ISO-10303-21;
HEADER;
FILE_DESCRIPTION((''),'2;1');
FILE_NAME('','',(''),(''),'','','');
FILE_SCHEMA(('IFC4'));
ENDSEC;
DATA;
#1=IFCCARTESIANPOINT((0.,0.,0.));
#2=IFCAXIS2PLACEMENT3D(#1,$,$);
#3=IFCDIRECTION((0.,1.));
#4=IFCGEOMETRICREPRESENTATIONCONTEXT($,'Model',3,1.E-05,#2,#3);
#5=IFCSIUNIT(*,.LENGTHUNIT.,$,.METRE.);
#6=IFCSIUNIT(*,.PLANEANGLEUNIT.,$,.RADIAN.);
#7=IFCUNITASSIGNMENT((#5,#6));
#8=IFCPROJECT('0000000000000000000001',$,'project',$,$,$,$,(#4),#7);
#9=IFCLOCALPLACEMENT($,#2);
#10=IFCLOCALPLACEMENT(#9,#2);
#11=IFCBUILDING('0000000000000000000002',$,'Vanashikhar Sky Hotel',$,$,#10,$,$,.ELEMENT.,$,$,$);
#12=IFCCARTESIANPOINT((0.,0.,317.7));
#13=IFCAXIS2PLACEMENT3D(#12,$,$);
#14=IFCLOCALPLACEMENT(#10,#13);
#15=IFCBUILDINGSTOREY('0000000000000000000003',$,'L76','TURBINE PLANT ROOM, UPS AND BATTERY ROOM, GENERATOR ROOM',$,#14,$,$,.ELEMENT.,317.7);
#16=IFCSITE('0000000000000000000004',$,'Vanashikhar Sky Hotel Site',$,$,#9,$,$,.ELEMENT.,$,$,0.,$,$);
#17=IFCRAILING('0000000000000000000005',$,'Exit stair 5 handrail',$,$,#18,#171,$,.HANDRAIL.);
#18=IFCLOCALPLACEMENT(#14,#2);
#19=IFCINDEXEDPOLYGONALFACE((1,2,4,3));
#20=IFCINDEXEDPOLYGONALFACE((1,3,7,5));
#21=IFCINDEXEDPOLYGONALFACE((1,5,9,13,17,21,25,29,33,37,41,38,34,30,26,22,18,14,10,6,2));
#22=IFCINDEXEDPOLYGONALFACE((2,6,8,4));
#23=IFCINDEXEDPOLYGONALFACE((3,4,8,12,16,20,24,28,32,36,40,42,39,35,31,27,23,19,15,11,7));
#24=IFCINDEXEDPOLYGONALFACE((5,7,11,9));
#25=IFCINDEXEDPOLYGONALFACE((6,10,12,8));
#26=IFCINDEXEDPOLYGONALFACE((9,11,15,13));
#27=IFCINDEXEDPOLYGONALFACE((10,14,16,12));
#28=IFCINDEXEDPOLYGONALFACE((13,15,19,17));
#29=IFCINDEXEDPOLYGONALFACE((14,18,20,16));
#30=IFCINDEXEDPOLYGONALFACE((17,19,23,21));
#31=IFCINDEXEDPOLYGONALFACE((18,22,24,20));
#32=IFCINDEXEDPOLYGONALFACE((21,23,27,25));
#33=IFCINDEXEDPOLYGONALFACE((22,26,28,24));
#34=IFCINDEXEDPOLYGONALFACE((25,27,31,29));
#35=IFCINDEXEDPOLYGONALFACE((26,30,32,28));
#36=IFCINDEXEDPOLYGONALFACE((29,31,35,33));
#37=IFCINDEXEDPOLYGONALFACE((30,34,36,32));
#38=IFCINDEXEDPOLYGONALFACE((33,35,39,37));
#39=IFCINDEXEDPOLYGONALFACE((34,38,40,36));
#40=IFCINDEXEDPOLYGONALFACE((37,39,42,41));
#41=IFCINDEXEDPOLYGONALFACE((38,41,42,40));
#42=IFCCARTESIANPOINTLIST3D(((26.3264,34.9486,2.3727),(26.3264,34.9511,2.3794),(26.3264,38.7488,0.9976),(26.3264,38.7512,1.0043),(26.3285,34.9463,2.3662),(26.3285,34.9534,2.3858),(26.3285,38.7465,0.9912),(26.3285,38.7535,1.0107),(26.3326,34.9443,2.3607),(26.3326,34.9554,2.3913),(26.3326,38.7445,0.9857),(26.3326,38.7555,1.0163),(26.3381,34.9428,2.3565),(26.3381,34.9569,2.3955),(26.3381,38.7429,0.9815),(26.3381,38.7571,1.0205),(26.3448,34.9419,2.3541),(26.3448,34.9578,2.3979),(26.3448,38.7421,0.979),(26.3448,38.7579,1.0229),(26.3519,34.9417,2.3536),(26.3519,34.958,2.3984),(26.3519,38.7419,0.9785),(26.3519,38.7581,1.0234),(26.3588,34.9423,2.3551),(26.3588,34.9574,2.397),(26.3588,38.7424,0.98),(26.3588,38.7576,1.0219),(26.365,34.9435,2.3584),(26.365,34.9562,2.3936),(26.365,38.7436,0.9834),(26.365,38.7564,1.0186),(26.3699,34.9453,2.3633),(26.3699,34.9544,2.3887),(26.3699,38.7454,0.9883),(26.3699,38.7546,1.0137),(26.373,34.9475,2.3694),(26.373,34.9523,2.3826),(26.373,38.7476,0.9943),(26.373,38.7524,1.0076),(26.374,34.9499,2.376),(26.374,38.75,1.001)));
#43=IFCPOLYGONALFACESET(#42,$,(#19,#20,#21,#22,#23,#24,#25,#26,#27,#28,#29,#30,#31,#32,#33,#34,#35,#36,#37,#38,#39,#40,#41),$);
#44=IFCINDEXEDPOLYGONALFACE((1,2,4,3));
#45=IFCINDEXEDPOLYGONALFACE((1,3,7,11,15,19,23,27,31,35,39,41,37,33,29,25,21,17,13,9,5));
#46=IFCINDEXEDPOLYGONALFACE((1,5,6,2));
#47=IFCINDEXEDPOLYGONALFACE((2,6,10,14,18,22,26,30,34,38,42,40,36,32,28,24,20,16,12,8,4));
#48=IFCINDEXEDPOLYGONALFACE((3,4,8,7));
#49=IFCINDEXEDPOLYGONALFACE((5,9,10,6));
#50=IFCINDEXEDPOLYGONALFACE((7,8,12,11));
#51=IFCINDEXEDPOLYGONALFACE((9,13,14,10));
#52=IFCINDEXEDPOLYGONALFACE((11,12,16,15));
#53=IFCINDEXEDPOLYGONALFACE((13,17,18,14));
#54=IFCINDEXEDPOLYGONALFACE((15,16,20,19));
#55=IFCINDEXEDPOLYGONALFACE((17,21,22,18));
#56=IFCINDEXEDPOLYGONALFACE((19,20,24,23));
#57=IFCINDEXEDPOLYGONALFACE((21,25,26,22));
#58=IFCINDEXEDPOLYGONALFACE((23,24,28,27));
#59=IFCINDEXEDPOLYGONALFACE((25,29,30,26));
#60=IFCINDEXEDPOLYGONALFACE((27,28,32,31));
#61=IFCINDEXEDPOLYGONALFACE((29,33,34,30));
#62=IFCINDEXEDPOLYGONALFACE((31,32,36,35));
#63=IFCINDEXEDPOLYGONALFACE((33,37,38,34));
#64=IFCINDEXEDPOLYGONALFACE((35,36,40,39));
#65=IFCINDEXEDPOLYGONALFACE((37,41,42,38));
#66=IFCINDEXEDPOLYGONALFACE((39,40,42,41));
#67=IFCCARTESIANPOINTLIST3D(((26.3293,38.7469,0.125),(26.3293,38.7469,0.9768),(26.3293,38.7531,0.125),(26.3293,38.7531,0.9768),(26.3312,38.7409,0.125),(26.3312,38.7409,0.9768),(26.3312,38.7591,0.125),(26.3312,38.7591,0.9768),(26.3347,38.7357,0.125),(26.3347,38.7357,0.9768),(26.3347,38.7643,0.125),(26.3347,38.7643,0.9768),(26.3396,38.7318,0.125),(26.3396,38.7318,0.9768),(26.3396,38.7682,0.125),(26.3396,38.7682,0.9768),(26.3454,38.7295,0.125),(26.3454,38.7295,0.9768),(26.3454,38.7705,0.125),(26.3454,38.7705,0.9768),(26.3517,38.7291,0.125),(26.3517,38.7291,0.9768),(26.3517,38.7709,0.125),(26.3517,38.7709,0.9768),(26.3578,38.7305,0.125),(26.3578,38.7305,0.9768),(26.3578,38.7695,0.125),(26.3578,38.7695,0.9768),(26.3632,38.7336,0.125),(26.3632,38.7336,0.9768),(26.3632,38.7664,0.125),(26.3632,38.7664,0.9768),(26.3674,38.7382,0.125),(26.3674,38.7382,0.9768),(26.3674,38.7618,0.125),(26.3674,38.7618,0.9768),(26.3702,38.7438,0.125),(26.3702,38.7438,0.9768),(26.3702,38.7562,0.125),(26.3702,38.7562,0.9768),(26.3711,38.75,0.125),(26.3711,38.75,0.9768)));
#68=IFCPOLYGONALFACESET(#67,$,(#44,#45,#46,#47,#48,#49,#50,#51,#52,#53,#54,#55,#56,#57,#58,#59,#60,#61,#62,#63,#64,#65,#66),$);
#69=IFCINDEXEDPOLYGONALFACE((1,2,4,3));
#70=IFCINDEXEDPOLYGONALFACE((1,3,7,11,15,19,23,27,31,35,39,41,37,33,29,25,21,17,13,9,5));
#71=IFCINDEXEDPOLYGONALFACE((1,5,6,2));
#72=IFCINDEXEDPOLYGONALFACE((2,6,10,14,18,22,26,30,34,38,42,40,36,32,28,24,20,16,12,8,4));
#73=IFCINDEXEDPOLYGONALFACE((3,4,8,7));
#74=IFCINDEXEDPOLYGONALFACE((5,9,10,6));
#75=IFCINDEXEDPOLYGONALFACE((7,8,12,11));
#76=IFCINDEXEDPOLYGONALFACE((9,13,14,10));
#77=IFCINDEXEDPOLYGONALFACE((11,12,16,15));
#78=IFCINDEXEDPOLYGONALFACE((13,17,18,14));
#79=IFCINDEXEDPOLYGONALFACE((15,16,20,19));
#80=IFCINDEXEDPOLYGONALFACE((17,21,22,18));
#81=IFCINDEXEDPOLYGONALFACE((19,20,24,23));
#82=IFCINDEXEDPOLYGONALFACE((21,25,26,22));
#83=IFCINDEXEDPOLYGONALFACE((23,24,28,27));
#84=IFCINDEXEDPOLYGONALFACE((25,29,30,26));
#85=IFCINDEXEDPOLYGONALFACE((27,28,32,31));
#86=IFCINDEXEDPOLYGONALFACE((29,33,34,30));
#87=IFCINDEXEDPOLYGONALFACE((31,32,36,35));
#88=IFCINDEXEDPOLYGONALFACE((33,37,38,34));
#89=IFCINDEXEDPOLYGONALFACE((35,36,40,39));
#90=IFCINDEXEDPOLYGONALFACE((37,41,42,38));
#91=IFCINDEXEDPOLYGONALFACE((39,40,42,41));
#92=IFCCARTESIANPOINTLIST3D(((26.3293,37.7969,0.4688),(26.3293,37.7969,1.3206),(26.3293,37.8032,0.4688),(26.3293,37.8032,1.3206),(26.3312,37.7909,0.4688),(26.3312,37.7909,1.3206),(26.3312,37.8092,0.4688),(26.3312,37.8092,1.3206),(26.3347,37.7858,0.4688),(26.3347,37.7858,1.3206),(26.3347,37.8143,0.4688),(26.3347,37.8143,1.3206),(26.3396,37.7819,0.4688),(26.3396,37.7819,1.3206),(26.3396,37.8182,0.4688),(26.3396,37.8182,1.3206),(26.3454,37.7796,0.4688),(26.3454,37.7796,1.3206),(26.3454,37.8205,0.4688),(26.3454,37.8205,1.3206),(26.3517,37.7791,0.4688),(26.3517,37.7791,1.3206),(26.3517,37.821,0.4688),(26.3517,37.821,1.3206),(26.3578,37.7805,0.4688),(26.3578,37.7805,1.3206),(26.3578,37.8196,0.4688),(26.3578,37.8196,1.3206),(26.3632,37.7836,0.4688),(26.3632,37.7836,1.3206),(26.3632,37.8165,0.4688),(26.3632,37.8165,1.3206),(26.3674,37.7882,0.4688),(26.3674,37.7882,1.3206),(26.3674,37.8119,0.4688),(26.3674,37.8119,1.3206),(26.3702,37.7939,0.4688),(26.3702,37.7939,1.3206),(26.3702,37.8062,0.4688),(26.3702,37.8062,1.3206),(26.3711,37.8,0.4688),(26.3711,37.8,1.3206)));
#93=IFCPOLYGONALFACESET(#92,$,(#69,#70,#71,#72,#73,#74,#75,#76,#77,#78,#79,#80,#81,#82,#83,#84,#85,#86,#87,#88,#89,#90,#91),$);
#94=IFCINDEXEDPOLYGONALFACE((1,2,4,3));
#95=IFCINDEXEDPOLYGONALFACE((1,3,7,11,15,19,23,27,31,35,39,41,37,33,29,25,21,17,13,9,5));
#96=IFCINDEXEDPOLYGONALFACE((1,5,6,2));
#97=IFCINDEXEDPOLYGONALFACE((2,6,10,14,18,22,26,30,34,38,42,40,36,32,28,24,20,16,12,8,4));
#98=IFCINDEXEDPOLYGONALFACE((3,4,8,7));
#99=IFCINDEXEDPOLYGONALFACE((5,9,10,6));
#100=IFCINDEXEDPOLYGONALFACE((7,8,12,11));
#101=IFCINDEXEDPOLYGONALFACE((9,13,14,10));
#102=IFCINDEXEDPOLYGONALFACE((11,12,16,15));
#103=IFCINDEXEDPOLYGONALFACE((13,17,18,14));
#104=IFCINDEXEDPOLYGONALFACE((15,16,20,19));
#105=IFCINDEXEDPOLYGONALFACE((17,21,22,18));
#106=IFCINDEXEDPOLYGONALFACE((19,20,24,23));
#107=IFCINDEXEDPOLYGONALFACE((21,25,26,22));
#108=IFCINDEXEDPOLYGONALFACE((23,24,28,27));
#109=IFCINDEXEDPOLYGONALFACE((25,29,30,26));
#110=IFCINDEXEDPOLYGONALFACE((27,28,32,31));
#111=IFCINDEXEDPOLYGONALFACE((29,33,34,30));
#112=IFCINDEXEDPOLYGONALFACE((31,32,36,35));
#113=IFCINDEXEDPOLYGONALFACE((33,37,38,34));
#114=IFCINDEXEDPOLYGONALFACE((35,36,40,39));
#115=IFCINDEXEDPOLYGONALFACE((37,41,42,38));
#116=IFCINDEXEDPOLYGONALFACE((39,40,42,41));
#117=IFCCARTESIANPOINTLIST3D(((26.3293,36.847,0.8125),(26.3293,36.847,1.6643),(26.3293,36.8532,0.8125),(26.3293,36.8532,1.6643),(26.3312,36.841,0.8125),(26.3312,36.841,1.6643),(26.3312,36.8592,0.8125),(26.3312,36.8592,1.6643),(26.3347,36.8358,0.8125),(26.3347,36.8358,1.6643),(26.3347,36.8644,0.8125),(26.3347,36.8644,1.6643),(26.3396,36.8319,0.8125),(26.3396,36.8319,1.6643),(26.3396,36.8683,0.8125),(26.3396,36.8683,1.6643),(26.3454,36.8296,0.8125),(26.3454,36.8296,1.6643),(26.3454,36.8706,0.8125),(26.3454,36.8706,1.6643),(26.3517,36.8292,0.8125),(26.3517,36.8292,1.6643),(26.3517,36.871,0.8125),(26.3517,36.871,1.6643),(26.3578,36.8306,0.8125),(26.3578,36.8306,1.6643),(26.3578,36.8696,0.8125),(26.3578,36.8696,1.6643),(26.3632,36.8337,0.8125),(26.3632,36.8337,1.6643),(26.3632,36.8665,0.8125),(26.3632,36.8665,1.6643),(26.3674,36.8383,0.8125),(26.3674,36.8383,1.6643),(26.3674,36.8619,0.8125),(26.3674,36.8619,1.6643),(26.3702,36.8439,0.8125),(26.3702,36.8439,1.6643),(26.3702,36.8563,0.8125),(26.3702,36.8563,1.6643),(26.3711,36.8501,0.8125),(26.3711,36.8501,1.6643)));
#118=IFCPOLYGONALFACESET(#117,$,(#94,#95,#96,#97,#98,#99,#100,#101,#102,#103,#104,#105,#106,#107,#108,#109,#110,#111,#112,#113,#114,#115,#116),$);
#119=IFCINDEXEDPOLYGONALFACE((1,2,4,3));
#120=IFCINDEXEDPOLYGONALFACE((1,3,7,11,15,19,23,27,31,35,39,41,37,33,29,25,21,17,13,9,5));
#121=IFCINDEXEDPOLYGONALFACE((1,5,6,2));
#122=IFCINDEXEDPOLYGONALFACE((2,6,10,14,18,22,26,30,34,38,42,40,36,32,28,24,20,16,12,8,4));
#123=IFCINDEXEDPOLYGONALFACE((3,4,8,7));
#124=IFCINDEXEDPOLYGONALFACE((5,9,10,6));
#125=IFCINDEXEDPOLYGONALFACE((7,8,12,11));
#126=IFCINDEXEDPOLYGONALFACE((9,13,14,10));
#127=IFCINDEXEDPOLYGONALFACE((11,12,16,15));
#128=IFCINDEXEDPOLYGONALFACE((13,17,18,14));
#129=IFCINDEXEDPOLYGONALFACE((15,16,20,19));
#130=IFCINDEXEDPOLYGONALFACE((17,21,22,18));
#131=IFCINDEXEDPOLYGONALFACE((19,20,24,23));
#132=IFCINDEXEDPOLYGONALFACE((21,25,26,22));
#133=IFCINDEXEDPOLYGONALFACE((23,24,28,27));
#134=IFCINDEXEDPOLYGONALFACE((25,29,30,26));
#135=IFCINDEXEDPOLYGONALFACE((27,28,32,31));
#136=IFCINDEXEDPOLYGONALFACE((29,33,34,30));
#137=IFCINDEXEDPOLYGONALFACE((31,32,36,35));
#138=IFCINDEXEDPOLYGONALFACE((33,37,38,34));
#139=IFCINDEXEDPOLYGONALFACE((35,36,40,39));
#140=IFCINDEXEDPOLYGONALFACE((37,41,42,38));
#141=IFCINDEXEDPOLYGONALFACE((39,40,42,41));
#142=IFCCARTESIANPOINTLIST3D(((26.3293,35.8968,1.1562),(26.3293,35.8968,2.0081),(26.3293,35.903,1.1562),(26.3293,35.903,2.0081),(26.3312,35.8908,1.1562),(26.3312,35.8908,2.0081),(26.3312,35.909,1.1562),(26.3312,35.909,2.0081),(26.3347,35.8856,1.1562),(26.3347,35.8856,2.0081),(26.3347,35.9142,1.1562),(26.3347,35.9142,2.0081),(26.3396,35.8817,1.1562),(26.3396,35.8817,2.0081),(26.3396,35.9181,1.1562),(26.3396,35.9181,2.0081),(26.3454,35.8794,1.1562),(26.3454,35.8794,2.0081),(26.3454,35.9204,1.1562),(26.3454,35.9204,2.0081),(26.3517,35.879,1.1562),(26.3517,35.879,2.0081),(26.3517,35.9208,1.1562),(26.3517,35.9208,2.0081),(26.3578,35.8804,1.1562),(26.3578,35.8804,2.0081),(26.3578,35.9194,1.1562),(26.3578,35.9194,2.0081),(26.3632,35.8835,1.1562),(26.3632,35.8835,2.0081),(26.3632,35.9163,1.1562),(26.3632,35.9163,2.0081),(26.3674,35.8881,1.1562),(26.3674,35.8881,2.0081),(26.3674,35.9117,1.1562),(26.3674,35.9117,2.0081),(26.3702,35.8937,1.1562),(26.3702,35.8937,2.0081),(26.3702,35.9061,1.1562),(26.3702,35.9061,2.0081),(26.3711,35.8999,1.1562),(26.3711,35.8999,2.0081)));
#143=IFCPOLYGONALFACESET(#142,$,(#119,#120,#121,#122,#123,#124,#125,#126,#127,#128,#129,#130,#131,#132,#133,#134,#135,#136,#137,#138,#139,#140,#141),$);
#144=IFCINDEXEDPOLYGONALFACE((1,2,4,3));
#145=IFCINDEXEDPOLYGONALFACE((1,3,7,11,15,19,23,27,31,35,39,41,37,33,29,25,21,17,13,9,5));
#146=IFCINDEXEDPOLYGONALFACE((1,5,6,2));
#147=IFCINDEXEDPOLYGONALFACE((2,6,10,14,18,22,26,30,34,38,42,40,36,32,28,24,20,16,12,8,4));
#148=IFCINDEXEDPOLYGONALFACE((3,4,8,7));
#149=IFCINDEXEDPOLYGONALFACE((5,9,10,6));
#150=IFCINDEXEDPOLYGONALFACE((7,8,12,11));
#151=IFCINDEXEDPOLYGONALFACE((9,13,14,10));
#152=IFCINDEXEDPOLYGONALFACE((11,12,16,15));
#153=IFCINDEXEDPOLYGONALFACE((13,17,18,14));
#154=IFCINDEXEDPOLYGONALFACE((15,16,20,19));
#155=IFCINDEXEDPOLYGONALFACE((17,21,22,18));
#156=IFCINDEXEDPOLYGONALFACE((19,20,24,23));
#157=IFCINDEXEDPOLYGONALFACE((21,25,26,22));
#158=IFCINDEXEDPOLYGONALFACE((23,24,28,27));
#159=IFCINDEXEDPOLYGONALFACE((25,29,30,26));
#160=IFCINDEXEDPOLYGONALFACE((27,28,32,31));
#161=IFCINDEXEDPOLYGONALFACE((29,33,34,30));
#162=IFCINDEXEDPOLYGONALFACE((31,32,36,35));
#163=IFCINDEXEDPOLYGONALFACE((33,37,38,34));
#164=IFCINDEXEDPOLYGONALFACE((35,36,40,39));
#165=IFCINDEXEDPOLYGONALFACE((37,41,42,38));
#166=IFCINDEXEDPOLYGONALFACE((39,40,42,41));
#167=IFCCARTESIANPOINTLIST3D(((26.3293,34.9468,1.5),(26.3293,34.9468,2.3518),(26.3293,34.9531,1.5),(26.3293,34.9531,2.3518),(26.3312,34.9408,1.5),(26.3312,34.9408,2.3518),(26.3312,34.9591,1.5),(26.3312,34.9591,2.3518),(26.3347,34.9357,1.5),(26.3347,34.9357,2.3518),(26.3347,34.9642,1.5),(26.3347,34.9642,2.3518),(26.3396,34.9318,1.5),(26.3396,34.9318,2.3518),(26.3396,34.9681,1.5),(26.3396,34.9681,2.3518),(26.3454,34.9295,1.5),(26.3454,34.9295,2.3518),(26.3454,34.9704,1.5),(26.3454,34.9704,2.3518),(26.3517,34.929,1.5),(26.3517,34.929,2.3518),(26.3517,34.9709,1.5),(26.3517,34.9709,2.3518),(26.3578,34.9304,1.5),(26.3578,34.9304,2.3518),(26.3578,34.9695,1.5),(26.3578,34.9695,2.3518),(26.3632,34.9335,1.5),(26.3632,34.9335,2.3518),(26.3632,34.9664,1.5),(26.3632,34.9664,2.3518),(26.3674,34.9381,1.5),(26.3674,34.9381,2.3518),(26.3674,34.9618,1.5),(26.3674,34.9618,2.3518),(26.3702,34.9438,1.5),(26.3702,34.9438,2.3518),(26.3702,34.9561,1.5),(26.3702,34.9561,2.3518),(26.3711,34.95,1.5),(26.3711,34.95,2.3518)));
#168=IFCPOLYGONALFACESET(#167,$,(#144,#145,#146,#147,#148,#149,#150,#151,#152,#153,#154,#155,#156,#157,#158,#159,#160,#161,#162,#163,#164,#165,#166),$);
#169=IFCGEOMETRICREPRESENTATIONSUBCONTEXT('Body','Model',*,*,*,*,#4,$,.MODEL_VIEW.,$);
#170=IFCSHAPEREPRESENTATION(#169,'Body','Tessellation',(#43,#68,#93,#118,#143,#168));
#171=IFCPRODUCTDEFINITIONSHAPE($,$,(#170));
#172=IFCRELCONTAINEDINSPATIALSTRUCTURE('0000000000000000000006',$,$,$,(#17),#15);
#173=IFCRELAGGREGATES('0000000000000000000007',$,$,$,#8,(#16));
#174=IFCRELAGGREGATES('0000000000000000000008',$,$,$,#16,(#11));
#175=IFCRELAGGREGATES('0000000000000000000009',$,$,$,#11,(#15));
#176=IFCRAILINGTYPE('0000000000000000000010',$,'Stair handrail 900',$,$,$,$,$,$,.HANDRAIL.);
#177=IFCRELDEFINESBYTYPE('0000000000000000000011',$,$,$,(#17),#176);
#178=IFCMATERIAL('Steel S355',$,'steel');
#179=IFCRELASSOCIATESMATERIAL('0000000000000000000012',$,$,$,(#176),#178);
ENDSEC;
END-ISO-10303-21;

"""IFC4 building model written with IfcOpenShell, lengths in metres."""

from ifc_helpers import new_model, si_unit, direction, frame, origin, origin_2d, place, context, subcontext, project, spatial, circle, extrude, source, transform, mapped, material, type_object, element, save


model = new_model("IFC4")

# Units and contexts
model_context = context("Model", 3, precision=1e-05, world=origin(), true_north=direction((0.0, 1.0)))
body_context = subcontext(model_context, "Body", "Model", "MODEL_VIEW")
ifc_project = project(units=[si_unit("LENGTHUNIT", "METRE"), si_unit("PLANEANGLEUNIT", "RADIAN")], contexts=[model_context])

# Site, building, storey
site_placement = place(None, origin())
site = spatial("IfcSite", under=ifc_project, at=site_placement, Name="Vanashikhar Sky Hotel Site", CompositionType="ELEMENT", RefElevation=0.0)
building_placement = place(site_placement, origin())
building = spatial("IfcBuilding", under=site, at=building_placement, Name="Vanashikhar Sky Hotel", CompositionType="ELEMENT")
storey_placement = place(building_placement, frame((0.0, 0.0, 317.7)))
storey = spatial("IfcBuildingStorey", under=building, at=storey_placement, Name="L76", Description="TURBINE PLANT ROOM, UPS AND BATTERY ROOM, GENERATOR ROOM", CompositionType="ELEMENT", Elevation=317.7)

# Railing
ifc_material_1 = material(Name="Steel S355", Category="steel")
railing_type_1 = type_object("IfcRailingType", Name="Stair handrail 900", PredefinedType="HANDRAIL", material=ifc_material_1)
shared_shape_1 = source(origin(), body_context, "Body", "SweptSolid", [
    extrude(circle(Radius=0.0239, at=origin_2d()), frame((0.0, 0.0, 0.876), z_axis=(0.0, -0.940336, 0.340249), x_axis=(1.0, 0.0, 0.0)), (0.0, 0.0, 1.0), 4.0413),
    extrude(circle(Radius=0.021, at=origin_2d()), origin(), (0.0, 0.0, 1.0), 0.8518),
    extrude(circle(Radius=0.021, at=origin_2d()), frame((0.0, -0.95, 0.3438)), (0.0, 0.0, 1.0), 0.8518),
    extrude(circle(Radius=0.021, at=origin_2d()), frame((0.0, -1.8999, 0.6875)), (0.0, 0.0, 1.0), 0.8518),
    extrude(circle(Radius=0.021, at=origin_2d()), frame((0.0, -2.8501, 1.0312)), (0.0, 0.0, 1.0), 0.8518),
    extrude(circle(Radius=0.021, at=origin_2d()), frame((0.0, -3.8, 1.375)), (0.0, 0.0, 1.0), 0.8518),
])
for number, where, name in (
    (1, (26.3501, 38.75, 0.125), "Exit stair 5 handrail"),
):
    element("IfcRailing", number, at=place(storey_placement, frame(where)), inside=storey, type_object=railing_type_1, Name=name, PredefinedType="HANDRAIL", context=body_context, shape_type="MappedRepresentation", body=[
        mapped(shared_shape_1, transform((0.0, 0.0, 0.0), scale=1.0)),
    ])

save(model, "model.ifc")
